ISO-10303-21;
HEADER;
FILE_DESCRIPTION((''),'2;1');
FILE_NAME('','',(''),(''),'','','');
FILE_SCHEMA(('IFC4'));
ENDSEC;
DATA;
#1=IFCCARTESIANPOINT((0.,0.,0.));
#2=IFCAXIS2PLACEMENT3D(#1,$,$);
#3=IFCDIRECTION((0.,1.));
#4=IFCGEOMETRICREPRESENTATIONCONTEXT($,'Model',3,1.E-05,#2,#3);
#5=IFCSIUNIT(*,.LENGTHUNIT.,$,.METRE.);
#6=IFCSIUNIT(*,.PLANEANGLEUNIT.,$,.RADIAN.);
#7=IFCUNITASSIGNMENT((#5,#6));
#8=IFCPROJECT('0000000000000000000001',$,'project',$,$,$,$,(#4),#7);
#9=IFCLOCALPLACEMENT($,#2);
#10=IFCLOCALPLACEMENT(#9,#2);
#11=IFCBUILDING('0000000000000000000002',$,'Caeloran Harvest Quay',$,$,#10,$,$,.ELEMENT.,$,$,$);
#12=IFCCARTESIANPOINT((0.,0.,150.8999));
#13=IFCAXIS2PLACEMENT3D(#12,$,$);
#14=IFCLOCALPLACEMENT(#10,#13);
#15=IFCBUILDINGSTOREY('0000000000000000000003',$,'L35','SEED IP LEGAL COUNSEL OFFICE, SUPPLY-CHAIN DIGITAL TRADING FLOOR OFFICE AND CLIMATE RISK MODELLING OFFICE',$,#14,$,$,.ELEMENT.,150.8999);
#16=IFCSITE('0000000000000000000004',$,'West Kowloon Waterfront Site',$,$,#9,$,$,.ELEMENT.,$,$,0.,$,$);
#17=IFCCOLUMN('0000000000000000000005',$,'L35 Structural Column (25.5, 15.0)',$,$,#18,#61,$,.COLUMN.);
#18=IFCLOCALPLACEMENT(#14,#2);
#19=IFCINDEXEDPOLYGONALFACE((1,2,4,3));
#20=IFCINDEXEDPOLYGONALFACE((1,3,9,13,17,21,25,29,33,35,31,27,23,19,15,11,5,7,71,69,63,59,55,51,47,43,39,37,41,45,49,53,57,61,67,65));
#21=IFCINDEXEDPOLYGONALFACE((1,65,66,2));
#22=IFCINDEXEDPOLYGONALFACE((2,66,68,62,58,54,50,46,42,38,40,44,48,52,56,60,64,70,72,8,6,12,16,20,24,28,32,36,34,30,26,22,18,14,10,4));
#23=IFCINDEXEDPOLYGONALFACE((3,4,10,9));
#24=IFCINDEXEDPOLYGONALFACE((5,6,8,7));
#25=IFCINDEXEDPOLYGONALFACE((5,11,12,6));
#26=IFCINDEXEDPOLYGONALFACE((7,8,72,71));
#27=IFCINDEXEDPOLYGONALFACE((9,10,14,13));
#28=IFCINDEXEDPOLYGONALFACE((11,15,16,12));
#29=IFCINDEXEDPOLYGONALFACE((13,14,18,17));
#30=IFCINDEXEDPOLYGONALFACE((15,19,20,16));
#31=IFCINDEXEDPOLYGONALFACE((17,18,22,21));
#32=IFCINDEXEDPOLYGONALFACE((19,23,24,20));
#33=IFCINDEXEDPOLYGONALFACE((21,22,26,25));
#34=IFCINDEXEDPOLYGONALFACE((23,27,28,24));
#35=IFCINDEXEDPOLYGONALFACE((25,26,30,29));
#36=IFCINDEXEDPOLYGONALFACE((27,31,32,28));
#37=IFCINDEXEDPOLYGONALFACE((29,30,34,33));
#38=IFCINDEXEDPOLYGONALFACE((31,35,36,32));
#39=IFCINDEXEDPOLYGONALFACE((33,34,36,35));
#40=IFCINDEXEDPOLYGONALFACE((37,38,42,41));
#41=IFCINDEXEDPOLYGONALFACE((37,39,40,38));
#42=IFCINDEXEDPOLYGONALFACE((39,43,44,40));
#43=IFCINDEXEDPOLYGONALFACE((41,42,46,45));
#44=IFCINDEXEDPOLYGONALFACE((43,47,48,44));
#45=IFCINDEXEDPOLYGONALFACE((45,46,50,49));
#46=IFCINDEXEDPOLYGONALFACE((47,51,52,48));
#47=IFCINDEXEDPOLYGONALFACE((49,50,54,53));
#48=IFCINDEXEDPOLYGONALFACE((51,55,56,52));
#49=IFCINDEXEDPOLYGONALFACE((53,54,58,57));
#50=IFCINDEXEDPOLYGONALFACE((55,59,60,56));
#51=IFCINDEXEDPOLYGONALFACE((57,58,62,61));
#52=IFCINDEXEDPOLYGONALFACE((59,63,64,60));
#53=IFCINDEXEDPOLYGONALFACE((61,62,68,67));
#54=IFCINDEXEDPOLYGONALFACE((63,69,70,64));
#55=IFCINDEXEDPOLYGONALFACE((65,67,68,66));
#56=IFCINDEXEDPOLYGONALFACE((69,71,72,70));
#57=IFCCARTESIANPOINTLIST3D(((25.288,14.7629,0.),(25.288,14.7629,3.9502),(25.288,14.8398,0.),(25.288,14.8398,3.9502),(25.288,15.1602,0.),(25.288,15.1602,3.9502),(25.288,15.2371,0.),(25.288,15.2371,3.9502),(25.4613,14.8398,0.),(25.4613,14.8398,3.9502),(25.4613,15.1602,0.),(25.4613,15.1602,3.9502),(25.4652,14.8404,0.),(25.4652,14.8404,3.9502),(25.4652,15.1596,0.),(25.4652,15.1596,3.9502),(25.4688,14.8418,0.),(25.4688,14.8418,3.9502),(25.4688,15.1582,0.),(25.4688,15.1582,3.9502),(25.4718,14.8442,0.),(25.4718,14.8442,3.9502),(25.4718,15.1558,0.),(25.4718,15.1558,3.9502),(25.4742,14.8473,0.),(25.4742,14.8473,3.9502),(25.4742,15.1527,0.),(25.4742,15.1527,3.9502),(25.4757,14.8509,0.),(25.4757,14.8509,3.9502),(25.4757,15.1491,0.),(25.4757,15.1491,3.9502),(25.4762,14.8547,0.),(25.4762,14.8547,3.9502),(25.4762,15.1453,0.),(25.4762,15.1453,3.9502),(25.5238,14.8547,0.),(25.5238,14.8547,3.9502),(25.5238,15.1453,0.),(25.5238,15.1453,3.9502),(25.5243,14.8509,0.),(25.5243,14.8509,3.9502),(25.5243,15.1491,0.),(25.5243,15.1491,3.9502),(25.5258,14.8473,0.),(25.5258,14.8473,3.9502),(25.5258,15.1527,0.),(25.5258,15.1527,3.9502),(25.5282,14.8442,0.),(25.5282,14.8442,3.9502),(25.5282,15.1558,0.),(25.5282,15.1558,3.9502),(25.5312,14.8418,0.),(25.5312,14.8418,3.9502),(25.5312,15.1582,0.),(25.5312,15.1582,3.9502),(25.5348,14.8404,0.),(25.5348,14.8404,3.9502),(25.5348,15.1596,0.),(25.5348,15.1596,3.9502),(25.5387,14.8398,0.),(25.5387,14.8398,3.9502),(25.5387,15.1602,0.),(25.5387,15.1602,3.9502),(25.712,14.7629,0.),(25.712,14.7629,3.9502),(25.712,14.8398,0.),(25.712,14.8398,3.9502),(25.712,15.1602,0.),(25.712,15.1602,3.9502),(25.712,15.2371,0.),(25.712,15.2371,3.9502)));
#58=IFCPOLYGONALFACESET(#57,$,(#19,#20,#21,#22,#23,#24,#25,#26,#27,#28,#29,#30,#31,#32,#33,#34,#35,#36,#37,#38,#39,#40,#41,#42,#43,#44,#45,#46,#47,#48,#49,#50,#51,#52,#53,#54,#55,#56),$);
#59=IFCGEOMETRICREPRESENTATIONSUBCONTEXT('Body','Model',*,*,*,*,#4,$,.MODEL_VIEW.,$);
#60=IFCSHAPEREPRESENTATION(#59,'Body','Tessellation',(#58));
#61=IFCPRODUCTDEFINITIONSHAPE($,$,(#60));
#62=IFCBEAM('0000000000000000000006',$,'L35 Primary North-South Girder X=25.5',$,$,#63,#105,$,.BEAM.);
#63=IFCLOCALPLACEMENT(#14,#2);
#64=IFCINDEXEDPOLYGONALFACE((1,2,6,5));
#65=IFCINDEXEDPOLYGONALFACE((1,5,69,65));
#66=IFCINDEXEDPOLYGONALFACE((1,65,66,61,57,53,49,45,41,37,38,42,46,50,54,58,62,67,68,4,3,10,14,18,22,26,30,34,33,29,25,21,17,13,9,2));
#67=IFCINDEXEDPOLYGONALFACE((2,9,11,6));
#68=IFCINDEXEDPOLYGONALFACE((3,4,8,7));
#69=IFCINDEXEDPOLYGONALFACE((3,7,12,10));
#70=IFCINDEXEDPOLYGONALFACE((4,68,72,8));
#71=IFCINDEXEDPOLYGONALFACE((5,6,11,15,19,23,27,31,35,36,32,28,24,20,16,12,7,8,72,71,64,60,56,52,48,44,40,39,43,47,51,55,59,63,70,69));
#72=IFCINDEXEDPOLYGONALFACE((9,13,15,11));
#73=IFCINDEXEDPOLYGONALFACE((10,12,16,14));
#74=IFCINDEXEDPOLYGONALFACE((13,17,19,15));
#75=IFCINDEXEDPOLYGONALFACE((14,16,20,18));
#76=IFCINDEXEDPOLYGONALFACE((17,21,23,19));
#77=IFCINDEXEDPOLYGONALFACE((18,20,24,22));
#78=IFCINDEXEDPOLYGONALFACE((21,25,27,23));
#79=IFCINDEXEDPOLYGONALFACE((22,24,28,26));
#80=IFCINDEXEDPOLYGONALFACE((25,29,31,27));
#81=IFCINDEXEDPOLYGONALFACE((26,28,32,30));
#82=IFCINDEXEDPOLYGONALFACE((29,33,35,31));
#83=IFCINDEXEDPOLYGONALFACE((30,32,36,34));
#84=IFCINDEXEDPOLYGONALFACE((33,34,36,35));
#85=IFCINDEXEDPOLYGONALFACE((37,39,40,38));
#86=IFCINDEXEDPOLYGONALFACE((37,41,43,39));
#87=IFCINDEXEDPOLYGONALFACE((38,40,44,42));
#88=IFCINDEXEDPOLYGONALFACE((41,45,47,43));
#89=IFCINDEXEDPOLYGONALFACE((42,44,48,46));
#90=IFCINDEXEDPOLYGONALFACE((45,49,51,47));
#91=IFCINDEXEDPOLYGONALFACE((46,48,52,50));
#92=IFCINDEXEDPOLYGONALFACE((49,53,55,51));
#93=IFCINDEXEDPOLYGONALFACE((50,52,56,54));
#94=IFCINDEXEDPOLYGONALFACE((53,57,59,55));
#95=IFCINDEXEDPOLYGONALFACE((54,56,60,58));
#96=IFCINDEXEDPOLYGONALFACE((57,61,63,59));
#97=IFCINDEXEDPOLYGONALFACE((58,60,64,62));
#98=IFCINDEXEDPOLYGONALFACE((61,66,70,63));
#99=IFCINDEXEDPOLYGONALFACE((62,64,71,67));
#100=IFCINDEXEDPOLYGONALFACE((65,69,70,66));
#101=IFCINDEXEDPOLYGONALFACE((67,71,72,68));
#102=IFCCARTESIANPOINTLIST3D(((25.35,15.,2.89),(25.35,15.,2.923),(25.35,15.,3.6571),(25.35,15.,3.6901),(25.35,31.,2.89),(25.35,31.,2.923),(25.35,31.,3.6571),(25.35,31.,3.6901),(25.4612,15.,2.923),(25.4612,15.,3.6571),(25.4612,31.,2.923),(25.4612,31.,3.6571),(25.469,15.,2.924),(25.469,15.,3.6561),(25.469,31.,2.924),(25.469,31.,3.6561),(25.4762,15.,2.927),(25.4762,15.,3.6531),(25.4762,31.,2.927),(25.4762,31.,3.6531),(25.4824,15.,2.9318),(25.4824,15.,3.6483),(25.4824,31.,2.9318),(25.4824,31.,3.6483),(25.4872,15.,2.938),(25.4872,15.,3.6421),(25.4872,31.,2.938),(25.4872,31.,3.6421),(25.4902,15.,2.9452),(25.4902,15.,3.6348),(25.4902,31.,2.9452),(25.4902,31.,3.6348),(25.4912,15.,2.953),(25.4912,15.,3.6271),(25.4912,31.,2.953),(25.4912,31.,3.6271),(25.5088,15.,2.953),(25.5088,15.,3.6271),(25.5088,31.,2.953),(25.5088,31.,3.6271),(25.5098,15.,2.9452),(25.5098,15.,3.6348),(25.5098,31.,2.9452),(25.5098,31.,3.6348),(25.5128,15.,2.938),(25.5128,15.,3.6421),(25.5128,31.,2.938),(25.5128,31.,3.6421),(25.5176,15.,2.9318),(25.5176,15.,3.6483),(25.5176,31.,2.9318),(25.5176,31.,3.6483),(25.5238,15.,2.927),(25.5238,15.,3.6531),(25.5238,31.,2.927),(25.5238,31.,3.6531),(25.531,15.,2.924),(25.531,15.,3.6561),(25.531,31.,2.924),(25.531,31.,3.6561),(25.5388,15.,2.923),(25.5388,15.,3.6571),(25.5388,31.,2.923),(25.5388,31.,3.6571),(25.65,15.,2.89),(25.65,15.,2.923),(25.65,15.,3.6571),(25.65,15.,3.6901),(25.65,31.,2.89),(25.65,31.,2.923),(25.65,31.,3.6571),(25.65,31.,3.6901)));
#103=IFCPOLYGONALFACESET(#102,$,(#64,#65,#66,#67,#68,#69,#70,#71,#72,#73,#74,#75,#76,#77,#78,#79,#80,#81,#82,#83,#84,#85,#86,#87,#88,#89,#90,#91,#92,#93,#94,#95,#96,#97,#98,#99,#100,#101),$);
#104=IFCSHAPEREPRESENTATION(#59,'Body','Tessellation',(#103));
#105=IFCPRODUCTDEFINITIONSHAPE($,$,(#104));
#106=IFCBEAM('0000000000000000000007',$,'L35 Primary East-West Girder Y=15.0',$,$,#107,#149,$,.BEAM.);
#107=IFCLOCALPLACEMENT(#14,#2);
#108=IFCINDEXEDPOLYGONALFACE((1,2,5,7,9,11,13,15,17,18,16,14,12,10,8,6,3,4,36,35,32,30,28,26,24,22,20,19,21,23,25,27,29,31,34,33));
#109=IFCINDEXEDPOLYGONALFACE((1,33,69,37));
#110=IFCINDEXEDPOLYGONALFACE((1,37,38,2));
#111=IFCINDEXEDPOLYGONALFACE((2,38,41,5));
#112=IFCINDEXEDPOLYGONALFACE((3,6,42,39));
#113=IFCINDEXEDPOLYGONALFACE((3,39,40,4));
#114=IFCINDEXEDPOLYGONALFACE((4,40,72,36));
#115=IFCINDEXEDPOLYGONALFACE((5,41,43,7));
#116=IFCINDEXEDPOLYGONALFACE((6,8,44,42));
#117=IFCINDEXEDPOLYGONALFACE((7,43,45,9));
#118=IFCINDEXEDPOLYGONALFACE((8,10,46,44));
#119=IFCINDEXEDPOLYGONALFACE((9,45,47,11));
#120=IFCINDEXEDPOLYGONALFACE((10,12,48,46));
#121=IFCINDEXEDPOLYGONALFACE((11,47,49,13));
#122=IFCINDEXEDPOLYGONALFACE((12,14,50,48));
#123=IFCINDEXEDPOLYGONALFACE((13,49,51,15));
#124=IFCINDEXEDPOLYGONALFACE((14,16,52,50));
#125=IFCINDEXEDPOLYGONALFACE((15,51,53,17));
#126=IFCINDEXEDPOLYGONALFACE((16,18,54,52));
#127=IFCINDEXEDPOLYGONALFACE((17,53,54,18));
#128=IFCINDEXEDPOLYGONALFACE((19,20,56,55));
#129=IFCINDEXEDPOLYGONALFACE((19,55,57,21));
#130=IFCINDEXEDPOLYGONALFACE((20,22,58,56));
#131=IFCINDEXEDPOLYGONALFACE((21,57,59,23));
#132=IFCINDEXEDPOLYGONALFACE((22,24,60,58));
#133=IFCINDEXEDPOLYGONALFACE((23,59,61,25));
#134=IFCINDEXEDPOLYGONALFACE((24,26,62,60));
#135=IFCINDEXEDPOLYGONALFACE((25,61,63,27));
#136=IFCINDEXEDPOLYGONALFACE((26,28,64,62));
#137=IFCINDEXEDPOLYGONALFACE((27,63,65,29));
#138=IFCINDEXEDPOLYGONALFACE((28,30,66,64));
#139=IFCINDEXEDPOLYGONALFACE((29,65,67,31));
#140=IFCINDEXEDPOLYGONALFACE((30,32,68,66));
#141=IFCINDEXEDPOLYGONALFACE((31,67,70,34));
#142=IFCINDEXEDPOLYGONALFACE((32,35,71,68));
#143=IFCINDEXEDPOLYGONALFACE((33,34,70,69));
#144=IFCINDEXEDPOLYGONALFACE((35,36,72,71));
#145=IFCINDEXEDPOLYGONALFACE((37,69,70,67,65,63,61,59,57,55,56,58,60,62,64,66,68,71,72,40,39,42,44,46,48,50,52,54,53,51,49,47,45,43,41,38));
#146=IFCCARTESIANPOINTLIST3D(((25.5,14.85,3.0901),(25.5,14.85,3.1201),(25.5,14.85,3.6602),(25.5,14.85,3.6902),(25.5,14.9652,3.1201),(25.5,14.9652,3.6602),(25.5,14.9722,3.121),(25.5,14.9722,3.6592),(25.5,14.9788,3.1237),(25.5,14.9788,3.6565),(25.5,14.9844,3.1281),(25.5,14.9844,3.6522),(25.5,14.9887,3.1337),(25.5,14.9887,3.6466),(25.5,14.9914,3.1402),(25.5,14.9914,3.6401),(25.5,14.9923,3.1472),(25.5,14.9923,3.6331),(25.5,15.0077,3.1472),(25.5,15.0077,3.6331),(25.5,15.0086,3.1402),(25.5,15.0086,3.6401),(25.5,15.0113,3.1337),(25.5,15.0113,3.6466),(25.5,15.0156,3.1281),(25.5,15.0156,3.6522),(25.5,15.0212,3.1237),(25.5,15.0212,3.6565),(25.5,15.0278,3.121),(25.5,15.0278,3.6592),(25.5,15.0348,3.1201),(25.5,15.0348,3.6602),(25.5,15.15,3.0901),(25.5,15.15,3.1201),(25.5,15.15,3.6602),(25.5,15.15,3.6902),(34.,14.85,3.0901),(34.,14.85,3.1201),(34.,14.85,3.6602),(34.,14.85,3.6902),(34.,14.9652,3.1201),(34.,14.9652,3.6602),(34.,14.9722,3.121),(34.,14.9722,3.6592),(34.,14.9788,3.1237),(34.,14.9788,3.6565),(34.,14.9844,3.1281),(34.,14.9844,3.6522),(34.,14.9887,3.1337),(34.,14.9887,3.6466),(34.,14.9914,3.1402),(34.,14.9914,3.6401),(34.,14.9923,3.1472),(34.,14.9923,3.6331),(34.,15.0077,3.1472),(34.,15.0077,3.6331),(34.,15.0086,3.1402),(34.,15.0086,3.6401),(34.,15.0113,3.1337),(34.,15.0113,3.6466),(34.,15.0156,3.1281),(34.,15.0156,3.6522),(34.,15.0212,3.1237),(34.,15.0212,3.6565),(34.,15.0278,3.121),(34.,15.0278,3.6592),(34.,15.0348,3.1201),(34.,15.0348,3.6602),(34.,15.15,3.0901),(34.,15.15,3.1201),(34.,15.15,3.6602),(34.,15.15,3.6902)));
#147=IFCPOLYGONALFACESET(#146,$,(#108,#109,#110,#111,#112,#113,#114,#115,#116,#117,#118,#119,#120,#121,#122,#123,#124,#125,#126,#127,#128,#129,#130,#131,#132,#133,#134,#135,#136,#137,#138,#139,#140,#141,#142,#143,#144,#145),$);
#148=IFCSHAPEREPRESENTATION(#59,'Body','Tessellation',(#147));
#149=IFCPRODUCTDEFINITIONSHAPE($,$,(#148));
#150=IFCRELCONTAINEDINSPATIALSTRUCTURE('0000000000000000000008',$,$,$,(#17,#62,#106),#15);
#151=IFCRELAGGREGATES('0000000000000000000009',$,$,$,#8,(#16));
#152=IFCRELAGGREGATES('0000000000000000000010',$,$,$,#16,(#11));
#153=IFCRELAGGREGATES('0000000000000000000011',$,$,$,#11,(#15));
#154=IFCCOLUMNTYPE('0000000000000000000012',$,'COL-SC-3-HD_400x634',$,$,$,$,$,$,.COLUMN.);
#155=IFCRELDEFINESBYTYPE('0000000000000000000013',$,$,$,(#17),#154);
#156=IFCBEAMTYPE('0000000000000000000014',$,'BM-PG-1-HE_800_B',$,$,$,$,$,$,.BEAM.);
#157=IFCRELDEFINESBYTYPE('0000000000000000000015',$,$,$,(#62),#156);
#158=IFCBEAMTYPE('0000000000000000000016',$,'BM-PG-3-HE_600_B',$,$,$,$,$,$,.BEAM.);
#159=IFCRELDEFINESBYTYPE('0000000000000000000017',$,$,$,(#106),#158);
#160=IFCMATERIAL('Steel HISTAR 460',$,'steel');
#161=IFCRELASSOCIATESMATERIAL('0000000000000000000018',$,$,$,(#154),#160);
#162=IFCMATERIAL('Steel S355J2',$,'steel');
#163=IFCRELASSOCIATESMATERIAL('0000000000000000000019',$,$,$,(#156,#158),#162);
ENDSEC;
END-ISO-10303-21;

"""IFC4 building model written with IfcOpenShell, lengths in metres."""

from ifc_helpers import new_model, si_unit, direction, frame, origin, origin_2d, place, context, subcontext, project, spatial, i_section, extrude, material, material_profile, profile_set, type_object, element, save


model = new_model("IFC4")

# Units and contexts
model_context = context("Model", 3, precision=1e-05, world=origin(), true_north=direction((0.0, 1.0)))
body_context = subcontext(model_context, "Body", "Model", "MODEL_VIEW")
ifc_project = project(units=[si_unit("LENGTHUNIT", "METRE"), si_unit("PLANEANGLEUNIT", "RADIAN")], contexts=[model_context])

# Site, building, storey
site_placement = place(None, origin())
site = spatial("IfcSite", under=ifc_project, at=site_placement, Name="West Kowloon Waterfront Site", CompositionType="ELEMENT", RefElevation=0.0)
building_placement = place(site_placement, origin())
building = spatial("IfcBuilding", under=site, at=building_placement, Name="Caeloran Harvest Quay", CompositionType="ELEMENT")
storey_placement = place(building_placement, frame((0.0, 0.0, 150.8999)))
storey = spatial("IfcBuildingStorey", under=building, at=storey_placement, Name="L35", Description="SEED IP LEGAL COUNSEL OFFICE, SUPPLY-CHAIN DIGITAL TRADING FLOOR OFFICE AND CLIMATE RISK MODELLING OFFICE", CompositionType="ELEMENT", Elevation=150.8999)

# Column
ifc_material_1 = material(Name="Steel HISTAR 460", Category="steel")
ifc_material_profile_1 = material_profile(ifc_material_1, i_section(OverallWidth=0.4241, OverallDepth=0.4741, WebThickness=0.0476, FlangeThickness=0.0769, FilletRadius=0.0149, at=origin_2d()), Name="HD 400x634")
ifc_profile_set_1 = profile_set([ifc_material_profile_1], Name="Steel HISTAR 460")
column_type = type_object("IfcColumnType", Name="COL-SC-3-HD_400x634", PredefinedType="COLUMN", material=ifc_profile_set_1)
column_placement = place(storey_placement, frame((25.5, 15.0, 0.0), z_axis=(0.0, 0.0, 1.0), x_axis=(1.0, 0.0, 0.0)))
element("IfcColumn", 1, at=column_placement, inside=storey, type_object=column_type, Name="L35 Structural Column (25.5, 15.0)", PredefinedType="COLUMN", context=body_context, shape_type="SweptSolid", body=[
    extrude(i_section(OverallWidth=0.4241, OverallDepth=0.4741, WebThickness=0.0476, FlangeThickness=0.0769, FilletRadius=0.0149, at=origin_2d()), origin(), (0.0, 0.0, 1.0), 3.9502),
])

# Beams
ifc_material_2 = material(Name="Steel S355J2", Category="steel")
ifc_material_profile_2 = material_profile(ifc_material_2, i_section(OverallWidth=0.3, OverallDepth=0.8, WebThickness=0.0176, FlangeThickness=0.033, FilletRadius=0.03, at=origin_2d()), Name="HE 800 B")
ifc_profile_set_2 = profile_set([ifc_material_profile_2], Name="Steel S355J2")
beam_type_1 = type_object("IfcBeamType", Name="BM-PG-1-HE_800_B", PredefinedType="BEAM", material=ifc_profile_set_2)
beam_1_placement = place(storey_placement, frame((25.5, 15.0, 3.29), z_axis=(0.0, 1.0, 0.0), x_axis=(-1.0, 0.0, 0.0)))
element("IfcBeam", 2, at=beam_1_placement, inside=storey, type_object=beam_type_1, Name="L35 Primary North-South Girder X=25.5", PredefinedType="BEAM", context=body_context, shape_type="SweptSolid", body=[
    extrude(i_section(OverallWidth=0.3, OverallDepth=0.8, WebThickness=0.0176, FlangeThickness=0.033, FilletRadius=0.03, at=origin_2d()), origin(), (0.0, 0.0, 1.0), 16.0),
])
ifc_material_profile_3 = material_profile(ifc_material_2, i_section(OverallWidth=0.3, OverallDepth=0.6001, WebThickness=0.0154, FlangeThickness=0.03, FilletRadius=0.0271, at=origin_2d()), Name="HE 600 B")
ifc_profile_set_3 = profile_set([ifc_material_profile_3], Name="Steel S355J2")
beam_type_2 = type_object("IfcBeamType", Name="BM-PG-3-HE_600_B", PredefinedType="BEAM", material=ifc_profile_set_3)
beam_2_placement = place(storey_placement, frame((25.5, 15.0, 3.3901), z_axis=(1.0, 0.0, 0.0), x_axis=(0.0, 1.0, 0.0)))
element("IfcBeam", 3, at=beam_2_placement, inside=storey, type_object=beam_type_2, Name="L35 Primary East-West Girder Y=15.0", PredefinedType="BEAM", context=body_context, shape_type="SweptSolid", body=[
    extrude(i_section(OverallWidth=0.3, OverallDepth=0.6001, WebThickness=0.0154, FlangeThickness=0.03, FilletRadius=0.0271, at=origin_2d()), origin(), (0.0, 0.0, 1.0), 8.5),
])

save(model, "model.ifc")
